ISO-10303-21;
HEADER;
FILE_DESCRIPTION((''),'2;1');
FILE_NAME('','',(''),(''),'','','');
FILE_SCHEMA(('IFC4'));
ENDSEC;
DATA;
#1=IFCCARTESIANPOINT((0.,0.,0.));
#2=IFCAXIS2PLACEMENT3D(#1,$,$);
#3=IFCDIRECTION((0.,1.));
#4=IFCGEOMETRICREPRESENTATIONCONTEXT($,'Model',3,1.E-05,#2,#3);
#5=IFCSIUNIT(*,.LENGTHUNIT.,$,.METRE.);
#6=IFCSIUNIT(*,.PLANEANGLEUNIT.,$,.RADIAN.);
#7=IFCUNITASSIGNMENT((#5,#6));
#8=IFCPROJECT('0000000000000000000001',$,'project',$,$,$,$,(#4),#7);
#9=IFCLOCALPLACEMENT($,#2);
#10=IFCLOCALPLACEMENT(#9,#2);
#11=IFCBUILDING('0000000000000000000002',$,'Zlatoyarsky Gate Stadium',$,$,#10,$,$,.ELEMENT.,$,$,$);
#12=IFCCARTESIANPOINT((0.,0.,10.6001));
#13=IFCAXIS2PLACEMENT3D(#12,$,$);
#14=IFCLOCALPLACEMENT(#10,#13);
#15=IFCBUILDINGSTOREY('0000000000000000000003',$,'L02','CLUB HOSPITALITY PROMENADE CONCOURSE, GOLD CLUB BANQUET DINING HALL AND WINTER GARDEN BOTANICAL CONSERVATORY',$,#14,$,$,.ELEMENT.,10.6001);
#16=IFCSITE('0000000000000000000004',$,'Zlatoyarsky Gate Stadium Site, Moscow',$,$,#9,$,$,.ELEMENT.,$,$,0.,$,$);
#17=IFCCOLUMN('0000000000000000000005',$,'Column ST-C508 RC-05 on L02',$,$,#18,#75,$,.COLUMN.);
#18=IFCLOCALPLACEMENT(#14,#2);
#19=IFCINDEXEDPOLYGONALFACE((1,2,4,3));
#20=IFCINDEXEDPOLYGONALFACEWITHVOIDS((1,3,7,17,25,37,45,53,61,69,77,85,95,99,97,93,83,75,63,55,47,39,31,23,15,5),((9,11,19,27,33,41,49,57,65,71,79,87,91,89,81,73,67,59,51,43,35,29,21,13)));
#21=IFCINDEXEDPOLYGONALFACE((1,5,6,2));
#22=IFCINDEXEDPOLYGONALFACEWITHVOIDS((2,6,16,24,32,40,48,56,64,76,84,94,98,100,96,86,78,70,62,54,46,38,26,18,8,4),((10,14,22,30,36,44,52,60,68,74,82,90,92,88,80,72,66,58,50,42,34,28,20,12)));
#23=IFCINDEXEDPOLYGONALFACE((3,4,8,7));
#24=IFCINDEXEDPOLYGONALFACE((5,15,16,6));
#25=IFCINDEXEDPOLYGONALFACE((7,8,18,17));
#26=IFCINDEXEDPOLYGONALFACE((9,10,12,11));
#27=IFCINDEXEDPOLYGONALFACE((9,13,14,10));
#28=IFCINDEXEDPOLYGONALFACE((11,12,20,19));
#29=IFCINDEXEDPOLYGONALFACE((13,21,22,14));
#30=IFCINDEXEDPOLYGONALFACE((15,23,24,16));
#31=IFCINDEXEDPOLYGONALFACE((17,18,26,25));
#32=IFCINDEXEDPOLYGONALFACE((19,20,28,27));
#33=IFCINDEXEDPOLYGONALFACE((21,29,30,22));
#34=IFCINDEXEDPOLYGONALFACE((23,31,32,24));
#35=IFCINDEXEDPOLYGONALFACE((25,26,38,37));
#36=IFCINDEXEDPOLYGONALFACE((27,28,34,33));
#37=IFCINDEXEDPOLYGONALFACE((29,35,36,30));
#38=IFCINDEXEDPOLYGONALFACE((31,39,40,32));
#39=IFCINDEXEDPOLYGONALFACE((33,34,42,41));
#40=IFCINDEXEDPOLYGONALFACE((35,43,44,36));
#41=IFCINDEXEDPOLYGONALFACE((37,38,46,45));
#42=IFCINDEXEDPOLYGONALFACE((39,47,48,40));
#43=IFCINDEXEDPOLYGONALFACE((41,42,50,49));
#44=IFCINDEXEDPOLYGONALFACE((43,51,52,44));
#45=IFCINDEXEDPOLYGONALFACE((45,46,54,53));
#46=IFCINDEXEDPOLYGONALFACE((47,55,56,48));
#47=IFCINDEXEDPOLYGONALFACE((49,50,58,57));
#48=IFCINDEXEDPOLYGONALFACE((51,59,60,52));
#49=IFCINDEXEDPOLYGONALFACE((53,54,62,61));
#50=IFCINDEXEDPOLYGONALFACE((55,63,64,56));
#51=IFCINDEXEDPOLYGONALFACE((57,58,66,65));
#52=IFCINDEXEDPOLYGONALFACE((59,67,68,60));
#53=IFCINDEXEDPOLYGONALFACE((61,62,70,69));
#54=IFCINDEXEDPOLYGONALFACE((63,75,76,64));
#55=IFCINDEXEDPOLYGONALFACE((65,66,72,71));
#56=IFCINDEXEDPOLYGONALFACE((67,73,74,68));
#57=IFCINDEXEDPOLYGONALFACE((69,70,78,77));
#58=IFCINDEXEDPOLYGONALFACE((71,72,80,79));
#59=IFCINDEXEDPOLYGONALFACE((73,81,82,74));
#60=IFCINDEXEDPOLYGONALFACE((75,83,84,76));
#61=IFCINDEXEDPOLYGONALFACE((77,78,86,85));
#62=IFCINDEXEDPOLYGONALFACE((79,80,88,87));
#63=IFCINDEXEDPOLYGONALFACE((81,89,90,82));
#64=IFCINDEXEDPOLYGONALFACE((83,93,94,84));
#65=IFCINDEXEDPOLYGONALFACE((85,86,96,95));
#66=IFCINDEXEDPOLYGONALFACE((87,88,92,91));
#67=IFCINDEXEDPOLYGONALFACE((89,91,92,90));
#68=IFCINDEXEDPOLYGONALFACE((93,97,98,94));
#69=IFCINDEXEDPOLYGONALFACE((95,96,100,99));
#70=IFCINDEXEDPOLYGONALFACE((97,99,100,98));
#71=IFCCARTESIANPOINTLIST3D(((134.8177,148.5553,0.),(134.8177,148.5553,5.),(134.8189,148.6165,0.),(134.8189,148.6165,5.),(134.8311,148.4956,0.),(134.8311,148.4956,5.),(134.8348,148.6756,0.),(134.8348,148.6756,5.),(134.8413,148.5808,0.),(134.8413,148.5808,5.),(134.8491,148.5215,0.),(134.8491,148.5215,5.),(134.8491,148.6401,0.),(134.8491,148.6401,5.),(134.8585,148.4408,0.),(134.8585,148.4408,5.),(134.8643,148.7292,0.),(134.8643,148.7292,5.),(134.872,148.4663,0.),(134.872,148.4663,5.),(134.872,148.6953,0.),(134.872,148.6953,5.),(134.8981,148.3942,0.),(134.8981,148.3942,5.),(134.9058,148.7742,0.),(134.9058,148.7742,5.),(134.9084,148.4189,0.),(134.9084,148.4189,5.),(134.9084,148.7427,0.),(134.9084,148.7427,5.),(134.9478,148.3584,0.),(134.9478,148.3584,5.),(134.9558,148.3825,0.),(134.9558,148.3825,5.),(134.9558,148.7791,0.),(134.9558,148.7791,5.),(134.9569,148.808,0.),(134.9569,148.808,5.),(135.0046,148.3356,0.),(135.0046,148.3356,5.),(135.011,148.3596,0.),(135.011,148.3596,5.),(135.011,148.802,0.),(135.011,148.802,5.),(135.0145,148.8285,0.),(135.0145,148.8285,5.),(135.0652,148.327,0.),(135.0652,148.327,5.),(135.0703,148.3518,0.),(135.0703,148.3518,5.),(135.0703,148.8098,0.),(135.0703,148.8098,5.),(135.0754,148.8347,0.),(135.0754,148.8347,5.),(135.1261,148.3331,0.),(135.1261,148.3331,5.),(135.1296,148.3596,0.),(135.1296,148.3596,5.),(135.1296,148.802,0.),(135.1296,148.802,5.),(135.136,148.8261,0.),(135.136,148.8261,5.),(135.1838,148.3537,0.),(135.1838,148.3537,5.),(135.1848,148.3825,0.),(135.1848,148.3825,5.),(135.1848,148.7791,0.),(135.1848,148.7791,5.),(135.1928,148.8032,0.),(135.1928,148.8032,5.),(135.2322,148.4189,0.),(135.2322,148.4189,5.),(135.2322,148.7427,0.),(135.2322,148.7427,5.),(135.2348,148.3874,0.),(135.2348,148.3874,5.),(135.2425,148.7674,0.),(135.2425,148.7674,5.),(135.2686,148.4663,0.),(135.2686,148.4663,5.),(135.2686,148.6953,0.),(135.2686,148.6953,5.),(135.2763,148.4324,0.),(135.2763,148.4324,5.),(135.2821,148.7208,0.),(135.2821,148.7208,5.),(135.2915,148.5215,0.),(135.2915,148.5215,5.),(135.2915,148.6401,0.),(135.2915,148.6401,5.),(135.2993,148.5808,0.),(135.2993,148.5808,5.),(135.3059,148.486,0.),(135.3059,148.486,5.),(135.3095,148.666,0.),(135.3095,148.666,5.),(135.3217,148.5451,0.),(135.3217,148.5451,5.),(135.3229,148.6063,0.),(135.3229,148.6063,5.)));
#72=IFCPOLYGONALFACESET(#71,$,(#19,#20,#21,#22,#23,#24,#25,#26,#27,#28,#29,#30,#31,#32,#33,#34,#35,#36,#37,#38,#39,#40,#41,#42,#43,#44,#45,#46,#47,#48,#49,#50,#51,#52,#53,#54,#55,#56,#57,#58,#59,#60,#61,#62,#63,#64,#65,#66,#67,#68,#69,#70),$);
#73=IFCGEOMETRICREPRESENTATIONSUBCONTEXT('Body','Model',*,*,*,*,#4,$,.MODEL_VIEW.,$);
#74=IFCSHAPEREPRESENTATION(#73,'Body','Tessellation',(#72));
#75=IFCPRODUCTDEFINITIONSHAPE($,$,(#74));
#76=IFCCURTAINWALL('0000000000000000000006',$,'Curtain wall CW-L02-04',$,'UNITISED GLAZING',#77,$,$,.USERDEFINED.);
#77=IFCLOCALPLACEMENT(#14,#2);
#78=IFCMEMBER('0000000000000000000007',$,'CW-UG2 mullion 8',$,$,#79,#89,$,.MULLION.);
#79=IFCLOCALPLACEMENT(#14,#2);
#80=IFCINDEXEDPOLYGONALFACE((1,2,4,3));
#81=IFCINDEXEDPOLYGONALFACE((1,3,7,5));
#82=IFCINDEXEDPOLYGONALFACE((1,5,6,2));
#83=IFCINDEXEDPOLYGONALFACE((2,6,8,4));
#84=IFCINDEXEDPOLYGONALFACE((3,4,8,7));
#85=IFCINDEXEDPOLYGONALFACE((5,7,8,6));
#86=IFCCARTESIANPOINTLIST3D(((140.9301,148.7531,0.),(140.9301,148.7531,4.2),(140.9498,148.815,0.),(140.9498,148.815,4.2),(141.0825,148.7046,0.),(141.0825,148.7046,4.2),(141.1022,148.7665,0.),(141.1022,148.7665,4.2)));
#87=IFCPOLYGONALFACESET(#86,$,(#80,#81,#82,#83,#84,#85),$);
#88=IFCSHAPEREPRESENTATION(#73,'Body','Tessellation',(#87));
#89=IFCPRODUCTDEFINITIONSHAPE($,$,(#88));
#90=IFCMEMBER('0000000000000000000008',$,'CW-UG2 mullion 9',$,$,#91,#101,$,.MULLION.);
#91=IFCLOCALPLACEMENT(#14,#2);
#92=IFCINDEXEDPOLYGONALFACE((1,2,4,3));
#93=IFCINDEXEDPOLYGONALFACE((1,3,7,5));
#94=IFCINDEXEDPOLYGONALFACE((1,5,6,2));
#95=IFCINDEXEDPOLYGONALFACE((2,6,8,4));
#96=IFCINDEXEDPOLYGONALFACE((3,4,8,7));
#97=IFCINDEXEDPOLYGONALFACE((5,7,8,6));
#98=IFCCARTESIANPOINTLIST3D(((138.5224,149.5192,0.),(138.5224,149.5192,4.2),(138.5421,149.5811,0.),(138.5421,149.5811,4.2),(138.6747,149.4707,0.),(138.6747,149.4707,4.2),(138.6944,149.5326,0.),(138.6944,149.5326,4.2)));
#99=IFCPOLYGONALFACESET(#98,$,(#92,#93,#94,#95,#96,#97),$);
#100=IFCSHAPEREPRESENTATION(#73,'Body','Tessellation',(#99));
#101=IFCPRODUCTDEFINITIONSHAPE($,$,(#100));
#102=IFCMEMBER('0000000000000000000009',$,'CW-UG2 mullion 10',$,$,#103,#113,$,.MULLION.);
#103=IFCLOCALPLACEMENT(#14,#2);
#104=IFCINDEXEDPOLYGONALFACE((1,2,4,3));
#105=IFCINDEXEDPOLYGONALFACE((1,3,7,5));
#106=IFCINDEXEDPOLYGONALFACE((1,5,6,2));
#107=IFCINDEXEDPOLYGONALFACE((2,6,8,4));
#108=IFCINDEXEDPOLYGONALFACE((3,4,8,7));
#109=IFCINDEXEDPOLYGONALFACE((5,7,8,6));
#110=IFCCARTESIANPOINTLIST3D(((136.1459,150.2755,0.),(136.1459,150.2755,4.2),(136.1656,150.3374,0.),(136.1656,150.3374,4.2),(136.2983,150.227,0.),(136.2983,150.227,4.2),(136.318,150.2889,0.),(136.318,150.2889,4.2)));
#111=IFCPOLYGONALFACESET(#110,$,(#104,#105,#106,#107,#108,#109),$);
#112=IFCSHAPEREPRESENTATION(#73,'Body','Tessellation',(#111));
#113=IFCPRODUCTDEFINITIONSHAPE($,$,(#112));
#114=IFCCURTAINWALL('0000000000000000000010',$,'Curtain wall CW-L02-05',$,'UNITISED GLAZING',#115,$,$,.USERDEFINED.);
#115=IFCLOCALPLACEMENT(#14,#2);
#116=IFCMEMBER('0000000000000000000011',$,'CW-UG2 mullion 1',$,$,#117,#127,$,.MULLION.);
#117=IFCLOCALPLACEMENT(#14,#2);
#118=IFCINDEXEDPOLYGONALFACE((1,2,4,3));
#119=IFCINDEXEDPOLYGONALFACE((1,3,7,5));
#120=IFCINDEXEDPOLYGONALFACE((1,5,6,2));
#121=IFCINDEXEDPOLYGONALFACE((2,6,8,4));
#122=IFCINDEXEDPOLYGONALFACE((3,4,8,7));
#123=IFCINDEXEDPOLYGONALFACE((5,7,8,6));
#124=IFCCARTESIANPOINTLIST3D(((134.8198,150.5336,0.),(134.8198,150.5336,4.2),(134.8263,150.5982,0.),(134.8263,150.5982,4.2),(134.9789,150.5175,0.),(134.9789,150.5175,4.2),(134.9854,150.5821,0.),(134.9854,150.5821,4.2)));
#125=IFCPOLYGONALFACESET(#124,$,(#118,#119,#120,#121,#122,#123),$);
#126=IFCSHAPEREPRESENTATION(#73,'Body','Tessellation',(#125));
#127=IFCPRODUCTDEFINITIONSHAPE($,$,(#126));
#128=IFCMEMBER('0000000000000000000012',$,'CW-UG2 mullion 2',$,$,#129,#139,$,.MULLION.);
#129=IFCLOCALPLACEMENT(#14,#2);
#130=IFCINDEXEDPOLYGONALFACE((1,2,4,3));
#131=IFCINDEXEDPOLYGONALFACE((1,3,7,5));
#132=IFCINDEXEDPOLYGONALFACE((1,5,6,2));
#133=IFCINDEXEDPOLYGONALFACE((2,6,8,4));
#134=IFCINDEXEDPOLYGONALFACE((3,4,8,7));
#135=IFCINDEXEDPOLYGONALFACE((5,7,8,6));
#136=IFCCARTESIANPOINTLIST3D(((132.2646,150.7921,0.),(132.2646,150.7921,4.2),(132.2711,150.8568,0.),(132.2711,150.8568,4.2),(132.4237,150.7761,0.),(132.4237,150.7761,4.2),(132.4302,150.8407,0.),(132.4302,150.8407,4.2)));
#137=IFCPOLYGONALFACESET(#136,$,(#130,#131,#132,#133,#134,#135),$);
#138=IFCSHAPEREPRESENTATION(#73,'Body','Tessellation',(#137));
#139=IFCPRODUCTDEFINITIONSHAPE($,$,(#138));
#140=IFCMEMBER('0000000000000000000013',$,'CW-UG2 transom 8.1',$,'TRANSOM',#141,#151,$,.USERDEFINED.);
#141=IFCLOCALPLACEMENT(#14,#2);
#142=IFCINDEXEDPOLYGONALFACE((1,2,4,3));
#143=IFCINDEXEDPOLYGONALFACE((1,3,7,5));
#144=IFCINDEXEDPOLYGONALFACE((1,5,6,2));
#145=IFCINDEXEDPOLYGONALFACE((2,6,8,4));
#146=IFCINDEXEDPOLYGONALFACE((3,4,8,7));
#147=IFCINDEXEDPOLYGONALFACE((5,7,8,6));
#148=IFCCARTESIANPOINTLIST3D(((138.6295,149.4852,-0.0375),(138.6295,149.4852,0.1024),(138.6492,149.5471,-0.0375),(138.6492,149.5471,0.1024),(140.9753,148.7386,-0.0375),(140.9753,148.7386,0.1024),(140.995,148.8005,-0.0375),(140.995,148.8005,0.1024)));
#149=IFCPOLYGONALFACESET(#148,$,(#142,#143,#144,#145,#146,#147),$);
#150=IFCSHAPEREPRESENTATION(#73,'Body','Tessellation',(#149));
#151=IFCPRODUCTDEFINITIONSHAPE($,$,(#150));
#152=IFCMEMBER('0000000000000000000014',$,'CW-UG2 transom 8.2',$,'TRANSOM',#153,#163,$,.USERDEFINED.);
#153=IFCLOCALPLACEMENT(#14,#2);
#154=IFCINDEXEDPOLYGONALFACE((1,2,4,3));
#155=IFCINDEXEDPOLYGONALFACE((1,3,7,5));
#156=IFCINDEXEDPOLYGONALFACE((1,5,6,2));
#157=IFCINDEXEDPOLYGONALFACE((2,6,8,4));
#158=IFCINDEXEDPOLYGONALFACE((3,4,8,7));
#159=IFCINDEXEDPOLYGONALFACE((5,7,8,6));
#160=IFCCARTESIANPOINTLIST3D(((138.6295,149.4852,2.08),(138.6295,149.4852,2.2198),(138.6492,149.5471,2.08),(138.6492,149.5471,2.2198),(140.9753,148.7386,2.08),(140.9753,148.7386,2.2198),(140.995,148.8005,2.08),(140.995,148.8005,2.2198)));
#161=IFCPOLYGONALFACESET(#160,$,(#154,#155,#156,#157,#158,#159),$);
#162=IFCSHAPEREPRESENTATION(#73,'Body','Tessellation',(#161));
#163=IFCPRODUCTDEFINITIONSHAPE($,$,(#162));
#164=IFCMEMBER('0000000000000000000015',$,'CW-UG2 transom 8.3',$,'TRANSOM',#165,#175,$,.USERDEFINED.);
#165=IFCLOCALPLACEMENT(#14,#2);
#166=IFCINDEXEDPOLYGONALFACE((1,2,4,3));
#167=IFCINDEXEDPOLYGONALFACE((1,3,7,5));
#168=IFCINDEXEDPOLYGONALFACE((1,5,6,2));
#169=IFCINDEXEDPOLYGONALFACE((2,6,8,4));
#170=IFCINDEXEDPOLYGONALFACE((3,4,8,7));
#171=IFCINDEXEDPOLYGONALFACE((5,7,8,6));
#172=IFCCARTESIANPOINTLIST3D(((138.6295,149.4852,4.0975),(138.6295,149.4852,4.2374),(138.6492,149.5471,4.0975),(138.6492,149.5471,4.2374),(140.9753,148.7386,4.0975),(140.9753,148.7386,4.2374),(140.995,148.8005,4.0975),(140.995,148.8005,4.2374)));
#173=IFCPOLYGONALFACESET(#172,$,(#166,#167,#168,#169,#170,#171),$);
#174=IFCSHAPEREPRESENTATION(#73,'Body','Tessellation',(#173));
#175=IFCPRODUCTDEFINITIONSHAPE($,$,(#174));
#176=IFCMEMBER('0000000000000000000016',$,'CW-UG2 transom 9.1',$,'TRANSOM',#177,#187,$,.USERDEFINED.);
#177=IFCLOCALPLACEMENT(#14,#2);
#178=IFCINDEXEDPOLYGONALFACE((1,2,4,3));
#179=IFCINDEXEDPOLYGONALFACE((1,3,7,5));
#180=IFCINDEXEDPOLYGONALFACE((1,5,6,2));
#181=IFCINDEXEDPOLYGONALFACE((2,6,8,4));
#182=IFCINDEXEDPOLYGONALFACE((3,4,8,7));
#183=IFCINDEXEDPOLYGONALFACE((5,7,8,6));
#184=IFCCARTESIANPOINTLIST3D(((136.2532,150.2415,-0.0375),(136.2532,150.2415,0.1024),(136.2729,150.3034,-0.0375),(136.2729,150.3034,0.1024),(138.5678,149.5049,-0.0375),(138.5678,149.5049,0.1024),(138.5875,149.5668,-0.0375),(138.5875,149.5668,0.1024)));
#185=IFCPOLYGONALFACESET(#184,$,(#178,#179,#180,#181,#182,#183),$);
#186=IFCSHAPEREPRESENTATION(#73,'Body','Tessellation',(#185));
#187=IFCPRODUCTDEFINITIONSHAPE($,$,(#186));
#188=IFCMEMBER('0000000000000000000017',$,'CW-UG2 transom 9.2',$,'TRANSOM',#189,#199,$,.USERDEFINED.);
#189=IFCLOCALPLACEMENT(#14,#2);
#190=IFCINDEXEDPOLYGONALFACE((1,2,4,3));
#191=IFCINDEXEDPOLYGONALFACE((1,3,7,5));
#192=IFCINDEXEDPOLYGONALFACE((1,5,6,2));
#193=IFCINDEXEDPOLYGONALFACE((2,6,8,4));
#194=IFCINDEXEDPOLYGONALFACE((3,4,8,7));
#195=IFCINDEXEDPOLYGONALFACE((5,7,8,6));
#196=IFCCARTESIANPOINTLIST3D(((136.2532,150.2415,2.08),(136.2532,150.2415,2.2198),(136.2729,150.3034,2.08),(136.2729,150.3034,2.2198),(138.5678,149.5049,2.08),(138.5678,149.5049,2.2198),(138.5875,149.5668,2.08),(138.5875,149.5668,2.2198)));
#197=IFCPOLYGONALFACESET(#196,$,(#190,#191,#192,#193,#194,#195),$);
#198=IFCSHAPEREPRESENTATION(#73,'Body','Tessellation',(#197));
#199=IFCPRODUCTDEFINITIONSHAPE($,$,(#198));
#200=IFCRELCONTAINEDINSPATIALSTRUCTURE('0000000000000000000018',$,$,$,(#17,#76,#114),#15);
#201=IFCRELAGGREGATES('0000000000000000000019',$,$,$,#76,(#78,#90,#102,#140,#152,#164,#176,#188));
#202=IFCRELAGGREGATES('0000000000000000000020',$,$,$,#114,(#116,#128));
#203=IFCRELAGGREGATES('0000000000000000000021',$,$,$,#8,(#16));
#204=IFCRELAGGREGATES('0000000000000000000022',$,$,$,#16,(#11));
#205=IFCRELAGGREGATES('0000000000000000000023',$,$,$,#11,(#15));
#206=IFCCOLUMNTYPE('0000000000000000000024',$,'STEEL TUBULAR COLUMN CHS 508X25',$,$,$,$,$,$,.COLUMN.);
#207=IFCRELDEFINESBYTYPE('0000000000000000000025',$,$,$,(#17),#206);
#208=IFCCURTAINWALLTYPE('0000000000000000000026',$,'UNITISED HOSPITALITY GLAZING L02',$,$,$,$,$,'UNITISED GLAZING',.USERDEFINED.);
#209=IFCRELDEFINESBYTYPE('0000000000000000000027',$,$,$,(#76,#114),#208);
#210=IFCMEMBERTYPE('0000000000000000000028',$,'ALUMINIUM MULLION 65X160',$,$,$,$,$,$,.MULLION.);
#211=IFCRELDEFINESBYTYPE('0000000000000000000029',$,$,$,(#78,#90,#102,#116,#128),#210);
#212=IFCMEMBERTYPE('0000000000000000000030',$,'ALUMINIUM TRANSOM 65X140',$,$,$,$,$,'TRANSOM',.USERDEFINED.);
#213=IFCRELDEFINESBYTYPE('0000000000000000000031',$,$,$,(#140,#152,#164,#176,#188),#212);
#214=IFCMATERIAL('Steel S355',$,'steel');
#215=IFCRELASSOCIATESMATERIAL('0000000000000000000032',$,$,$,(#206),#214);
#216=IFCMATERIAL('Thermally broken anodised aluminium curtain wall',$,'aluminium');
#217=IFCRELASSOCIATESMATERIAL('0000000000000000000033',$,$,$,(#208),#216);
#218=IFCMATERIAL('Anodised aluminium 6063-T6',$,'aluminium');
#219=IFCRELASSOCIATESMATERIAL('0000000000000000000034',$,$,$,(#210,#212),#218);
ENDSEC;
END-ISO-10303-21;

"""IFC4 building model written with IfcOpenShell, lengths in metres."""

from ifc_helpers import new_model, si_unit, direction, frame, origin, origin_2d, place, context, subcontext, project, spatial, rectangle, hollow_circle, extrude, material, material_profile, profile_set, type_object, element, aggregate, save


model = new_model("IFC4")

# Units and contexts
model_context = context("Model", 3, precision=1e-05, world=origin(), true_north=direction((0.0, 1.0)))
body_context = subcontext(model_context, "Body", "Model", "MODEL_VIEW")
ifc_project = project(units=[si_unit("LENGTHUNIT", "METRE"), si_unit("PLANEANGLEUNIT", "RADIAN")], contexts=[model_context])

# Site, building, storey
site_placement = place(None, origin())
site = spatial("IfcSite", under=ifc_project, at=site_placement, Name="Zlatoyarsky Gate Stadium Site, Moscow", CompositionType="ELEMENT", RefElevation=0.0)
building_placement = place(site_placement, origin())
building = spatial("IfcBuilding", under=site, at=building_placement, Name="Zlatoyarsky Gate Stadium", CompositionType="ELEMENT")
storey_placement = place(building_placement, frame((0.0, 0.0, 10.6001)))
storey = spatial("IfcBuildingStorey", under=building, at=storey_placement, Name="L02", Description="CLUB HOSPITALITY PROMENADE CONCOURSE, GOLD CLUB BANQUET DINING HALL AND WINTER GARDEN BOTANICAL CONSERVATORY", CompositionType="ELEMENT", Elevation=10.6001)

# Column
ifc_material_1 = material(Name="Steel S355", Category="steel")
ifc_material_profile_1 = material_profile(ifc_material_1, hollow_circle(Radius=0.2539, WallThickness=0.0249, at=origin_2d()), Name="CHS 508X25")
ifc_profile_set_1 = profile_set([ifc_material_profile_1], Name="Steel S355")
column_type = type_object("IfcColumnType", Name="STEEL TUBULAR COLUMN CHS 508X25", PredefinedType="COLUMN", material=ifc_profile_set_1)
column_placement = place(storey_placement, frame((135.0703, 148.5808, 0.0), z_axis=(0.0, 0.0, 1.0), x_axis=(0.258819, 0.965926, 0.0)))
element("IfcColumn", 1, at=column_placement, inside=storey, type_object=column_type, Name="Column ST-C508 RC-05 on L02", PredefinedType="COLUMN", context=body_context, shape_type="SweptSolid", body=[
    extrude(hollow_circle(Radius=0.2539, WallThickness=0.0249, at=origin_2d()), origin(), (0.0, 0.0, 1.0), 5.0),
])

# Curtain walls, members
ifc_material_2 = material(Name="Thermally broken anodised aluminium curtain wall", Category="aluminium")
curtain_wall_type = type_object("IfcCurtainWallType", Name="UNITISED HOSPITALITY GLAZING L02", ElementType="UNITISED GLAZING", PredefinedType="USERDEFINED", material=ifc_material_2)
curtain_wall_1_placement = place(storey_placement, origin())
curtain_wall_1 = element("IfcCurtainWall", 2, at=curtain_wall_1_placement, inside=storey, type_object=curtain_wall_type, Name="Curtain wall CW-L02-04", ObjectType="UNITISED GLAZING", PredefinedType="USERDEFINED")
ifc_material_3 = material(Name="Anodised aluminium 6063-T6", Category="aluminium")
ifc_material_profile_2 = material_profile(ifc_material_3, rectangle(XDim=0.0649, YDim=0.1599, at=origin_2d()), Name="ALU 65X160")
ifc_profile_set_2 = profile_set([ifc_material_profile_2], Name="Anodised aluminium 6063-T6")
member_type_1 = type_object("IfcMemberType", Name="ALUMINIUM MULLION 65X160", PredefinedType="MULLION", material=ifc_profile_set_2)
member_1_placement = place(storey_placement, frame((141.0161, 148.7598, 0.0), z_axis=(0.0, 0.0, 1.0), x_axis=(-0.303278, -0.952902, 0.0)))
member_1 = element("IfcMember", 3, at=member_1_placement, type_object=member_type_1, Name="CW-UG2 mullion 8", PredefinedType="MULLION", context=body_context, shape_type="SweptSolid", body=[
    extrude(rectangle(XDim=0.0649, YDim=0.1599, at=origin_2d()), origin(), (0.0, 0.0, 1.0), 4.2),
])
member_2_placement = place(storey_placement, frame((138.6084, 149.5259, 0.0), z_axis=(0.0, 0.0, 1.0), x_axis=(-0.303278, -0.952902, 0.0)))
member_2 = element("IfcMember", 4, at=member_2_placement, type_object=member_type_1, Name="CW-UG2 mullion 9", PredefinedType="MULLION", context=body_context, shape_type="SweptSolid", body=[
    extrude(rectangle(XDim=0.0649, YDim=0.1599, at=origin_2d()), origin(), (0.0, 0.0, 1.0), 4.2),
])
member_3_placement = place(storey_placement, frame((136.2319, 150.2822, 0.0), z_axis=(0.0, 0.0, 1.0), x_axis=(-0.303278, -0.952902, 0.0)))
member_3 = element("IfcMember", 5, at=member_3_placement, type_object=member_type_1, Name="CW-UG2 mullion 10", PredefinedType="MULLION", context=body_context, shape_type="SweptSolid", body=[
    extrude(rectangle(XDim=0.0649, YDim=0.1599, at=origin_2d()), origin(), (0.0, 0.0, 1.0), 4.2),
])
curtain_wall_2_placement = place(storey_placement, origin())
curtain_wall_2 = element("IfcCurtainWall", 6, at=curtain_wall_2_placement, inside=storey, type_object=curtain_wall_type, Name="Curtain wall CW-L02-05", ObjectType="UNITISED GLAZING", PredefinedType="USERDEFINED")
member_4_placement = place(storey_placement, frame((134.9026, 150.5579, 0.0), z_axis=(0.0, 0.0, 1.0), x_axis=(-0.100645, -0.994922, 0.0)))
member_4 = element("IfcMember", 7, at=member_4_placement, type_object=member_type_1, Name="CW-UG2 mullion 1", PredefinedType="MULLION", context=body_context, shape_type="SweptSolid", body=[
    extrude(rectangle(XDim=0.0649, YDim=0.1599, at=origin_2d()), origin(), (0.0, 0.0, 1.0), 4.2),
])
member_5_placement = place(storey_placement, frame((132.3474, 150.8164, 0.0), z_axis=(0.0, 0.0, 1.0), x_axis=(-0.100645, -0.994922, 0.0)))
member_5 = element("IfcMember", 8, at=member_5_placement, type_object=member_type_1, Name="CW-UG2 mullion 2", PredefinedType="MULLION", context=body_context, shape_type="SweptSolid", body=[
    extrude(rectangle(XDim=0.0649, YDim=0.1599, at=origin_2d()), origin(), (0.0, 0.0, 1.0), 4.2),
])

# Members
ifc_material_profile_3 = material_profile(ifc_material_3, rectangle(XDim=0.0649, YDim=0.1399, at=origin_2d()), Name="ALU 65X140")
ifc_profile_set_3 = profile_set([ifc_material_profile_3], Name="Anodised aluminium 6063-T6")
member_type_2 = type_object("IfcMemberType", Name="ALUMINIUM TRANSOM 65X140", ElementType="TRANSOM", PredefinedType="USERDEFINED", material=ifc_profile_set_3)
member_6_placement = place(storey_placement, frame((140.9851, 148.7695, 0.0325), z_axis=(-0.9529, 0.303286, 0.0), x_axis=(-0.303286, -0.9529, 0.0)))
member_6 = element("IfcMember", 9, at=member_6_placement, type_object=member_type_2, Name="CW-UG2 transom 8.1", ObjectType="TRANSOM", PredefinedType="USERDEFINED", context=body_context, shape_type="SweptSolid", body=[
    extrude(rectangle(XDim=0.0649, YDim=0.1399, at=origin_2d()), origin(), (0.0, 0.0, 1.0), 2.4617),
])
member_7_placement = place(storey_placement, frame((140.9851, 148.7695, 2.1499), z_axis=(-0.9529, 0.303286, 0.0), x_axis=(-0.303286, -0.9529, 0.0)))
member_7 = element("IfcMember", 10, at=member_7_placement, type_object=member_type_2, Name="CW-UG2 transom 8.2", ObjectType="TRANSOM", PredefinedType="USERDEFINED", context=body_context, shape_type="SweptSolid", body=[
    extrude(rectangle(XDim=0.0649, YDim=0.1399, at=origin_2d()), origin(), (0.0, 0.0, 1.0), 2.4617),
])
member_8_placement = place(storey_placement, frame((140.9851, 148.7695, 4.1675), z_axis=(-0.9529, 0.303286, 0.0), x_axis=(-0.303286, -0.9529, 0.0)))
member_8 = element("IfcMember", 11, at=member_8_placement, type_object=member_type_2, Name="CW-UG2 transom 8.3", ObjectType="TRANSOM", PredefinedType="USERDEFINED", context=body_context, shape_type="SweptSolid", body=[
    extrude(rectangle(XDim=0.0649, YDim=0.1399, at=origin_2d()), origin(), (0.0, 0.0, 1.0), 2.4617),
])
member_9_placement = place(storey_placement, frame((138.5776, 149.5359, 0.0325), z_axis=(-0.952917, 0.303233, 0.0), x_axis=(-0.303233, -0.952917, 0.0)))
member_9 = element("IfcMember", 12, at=member_9_placement, type_object=member_type_2, Name="CW-UG2 transom 9.1", ObjectType="TRANSOM", PredefinedType="USERDEFINED", context=body_context, shape_type="SweptSolid", body=[
    extrude(rectangle(XDim=0.0649, YDim=0.1399, at=origin_2d()), origin(), (0.0, 0.0, 1.0), 2.429),
])
member_10_placement = place(storey_placement, frame((138.5776, 149.5359, 2.1499), z_axis=(-0.952917, 0.303233, 0.0), x_axis=(-0.303233, -0.952917, 0.0)))
member_10 = element("IfcMember", 13, at=member_10_placement, type_object=member_type_2, Name="CW-UG2 transom 9.2", ObjectType="TRANSOM", PredefinedType="USERDEFINED", context=body_context, shape_type="SweptSolid", body=[
    extrude(rectangle(XDim=0.0649, YDim=0.1399, at=origin_2d()), origin(), (0.0, 0.0, 1.0), 2.429),
])

aggregate(curtain_wall_1, [member_1, member_2, member_3, member_6, member_7, member_8, member_9, member_10])
aggregate(curtain_wall_2, [member_4, member_5])

save(model, "model.ifc")
